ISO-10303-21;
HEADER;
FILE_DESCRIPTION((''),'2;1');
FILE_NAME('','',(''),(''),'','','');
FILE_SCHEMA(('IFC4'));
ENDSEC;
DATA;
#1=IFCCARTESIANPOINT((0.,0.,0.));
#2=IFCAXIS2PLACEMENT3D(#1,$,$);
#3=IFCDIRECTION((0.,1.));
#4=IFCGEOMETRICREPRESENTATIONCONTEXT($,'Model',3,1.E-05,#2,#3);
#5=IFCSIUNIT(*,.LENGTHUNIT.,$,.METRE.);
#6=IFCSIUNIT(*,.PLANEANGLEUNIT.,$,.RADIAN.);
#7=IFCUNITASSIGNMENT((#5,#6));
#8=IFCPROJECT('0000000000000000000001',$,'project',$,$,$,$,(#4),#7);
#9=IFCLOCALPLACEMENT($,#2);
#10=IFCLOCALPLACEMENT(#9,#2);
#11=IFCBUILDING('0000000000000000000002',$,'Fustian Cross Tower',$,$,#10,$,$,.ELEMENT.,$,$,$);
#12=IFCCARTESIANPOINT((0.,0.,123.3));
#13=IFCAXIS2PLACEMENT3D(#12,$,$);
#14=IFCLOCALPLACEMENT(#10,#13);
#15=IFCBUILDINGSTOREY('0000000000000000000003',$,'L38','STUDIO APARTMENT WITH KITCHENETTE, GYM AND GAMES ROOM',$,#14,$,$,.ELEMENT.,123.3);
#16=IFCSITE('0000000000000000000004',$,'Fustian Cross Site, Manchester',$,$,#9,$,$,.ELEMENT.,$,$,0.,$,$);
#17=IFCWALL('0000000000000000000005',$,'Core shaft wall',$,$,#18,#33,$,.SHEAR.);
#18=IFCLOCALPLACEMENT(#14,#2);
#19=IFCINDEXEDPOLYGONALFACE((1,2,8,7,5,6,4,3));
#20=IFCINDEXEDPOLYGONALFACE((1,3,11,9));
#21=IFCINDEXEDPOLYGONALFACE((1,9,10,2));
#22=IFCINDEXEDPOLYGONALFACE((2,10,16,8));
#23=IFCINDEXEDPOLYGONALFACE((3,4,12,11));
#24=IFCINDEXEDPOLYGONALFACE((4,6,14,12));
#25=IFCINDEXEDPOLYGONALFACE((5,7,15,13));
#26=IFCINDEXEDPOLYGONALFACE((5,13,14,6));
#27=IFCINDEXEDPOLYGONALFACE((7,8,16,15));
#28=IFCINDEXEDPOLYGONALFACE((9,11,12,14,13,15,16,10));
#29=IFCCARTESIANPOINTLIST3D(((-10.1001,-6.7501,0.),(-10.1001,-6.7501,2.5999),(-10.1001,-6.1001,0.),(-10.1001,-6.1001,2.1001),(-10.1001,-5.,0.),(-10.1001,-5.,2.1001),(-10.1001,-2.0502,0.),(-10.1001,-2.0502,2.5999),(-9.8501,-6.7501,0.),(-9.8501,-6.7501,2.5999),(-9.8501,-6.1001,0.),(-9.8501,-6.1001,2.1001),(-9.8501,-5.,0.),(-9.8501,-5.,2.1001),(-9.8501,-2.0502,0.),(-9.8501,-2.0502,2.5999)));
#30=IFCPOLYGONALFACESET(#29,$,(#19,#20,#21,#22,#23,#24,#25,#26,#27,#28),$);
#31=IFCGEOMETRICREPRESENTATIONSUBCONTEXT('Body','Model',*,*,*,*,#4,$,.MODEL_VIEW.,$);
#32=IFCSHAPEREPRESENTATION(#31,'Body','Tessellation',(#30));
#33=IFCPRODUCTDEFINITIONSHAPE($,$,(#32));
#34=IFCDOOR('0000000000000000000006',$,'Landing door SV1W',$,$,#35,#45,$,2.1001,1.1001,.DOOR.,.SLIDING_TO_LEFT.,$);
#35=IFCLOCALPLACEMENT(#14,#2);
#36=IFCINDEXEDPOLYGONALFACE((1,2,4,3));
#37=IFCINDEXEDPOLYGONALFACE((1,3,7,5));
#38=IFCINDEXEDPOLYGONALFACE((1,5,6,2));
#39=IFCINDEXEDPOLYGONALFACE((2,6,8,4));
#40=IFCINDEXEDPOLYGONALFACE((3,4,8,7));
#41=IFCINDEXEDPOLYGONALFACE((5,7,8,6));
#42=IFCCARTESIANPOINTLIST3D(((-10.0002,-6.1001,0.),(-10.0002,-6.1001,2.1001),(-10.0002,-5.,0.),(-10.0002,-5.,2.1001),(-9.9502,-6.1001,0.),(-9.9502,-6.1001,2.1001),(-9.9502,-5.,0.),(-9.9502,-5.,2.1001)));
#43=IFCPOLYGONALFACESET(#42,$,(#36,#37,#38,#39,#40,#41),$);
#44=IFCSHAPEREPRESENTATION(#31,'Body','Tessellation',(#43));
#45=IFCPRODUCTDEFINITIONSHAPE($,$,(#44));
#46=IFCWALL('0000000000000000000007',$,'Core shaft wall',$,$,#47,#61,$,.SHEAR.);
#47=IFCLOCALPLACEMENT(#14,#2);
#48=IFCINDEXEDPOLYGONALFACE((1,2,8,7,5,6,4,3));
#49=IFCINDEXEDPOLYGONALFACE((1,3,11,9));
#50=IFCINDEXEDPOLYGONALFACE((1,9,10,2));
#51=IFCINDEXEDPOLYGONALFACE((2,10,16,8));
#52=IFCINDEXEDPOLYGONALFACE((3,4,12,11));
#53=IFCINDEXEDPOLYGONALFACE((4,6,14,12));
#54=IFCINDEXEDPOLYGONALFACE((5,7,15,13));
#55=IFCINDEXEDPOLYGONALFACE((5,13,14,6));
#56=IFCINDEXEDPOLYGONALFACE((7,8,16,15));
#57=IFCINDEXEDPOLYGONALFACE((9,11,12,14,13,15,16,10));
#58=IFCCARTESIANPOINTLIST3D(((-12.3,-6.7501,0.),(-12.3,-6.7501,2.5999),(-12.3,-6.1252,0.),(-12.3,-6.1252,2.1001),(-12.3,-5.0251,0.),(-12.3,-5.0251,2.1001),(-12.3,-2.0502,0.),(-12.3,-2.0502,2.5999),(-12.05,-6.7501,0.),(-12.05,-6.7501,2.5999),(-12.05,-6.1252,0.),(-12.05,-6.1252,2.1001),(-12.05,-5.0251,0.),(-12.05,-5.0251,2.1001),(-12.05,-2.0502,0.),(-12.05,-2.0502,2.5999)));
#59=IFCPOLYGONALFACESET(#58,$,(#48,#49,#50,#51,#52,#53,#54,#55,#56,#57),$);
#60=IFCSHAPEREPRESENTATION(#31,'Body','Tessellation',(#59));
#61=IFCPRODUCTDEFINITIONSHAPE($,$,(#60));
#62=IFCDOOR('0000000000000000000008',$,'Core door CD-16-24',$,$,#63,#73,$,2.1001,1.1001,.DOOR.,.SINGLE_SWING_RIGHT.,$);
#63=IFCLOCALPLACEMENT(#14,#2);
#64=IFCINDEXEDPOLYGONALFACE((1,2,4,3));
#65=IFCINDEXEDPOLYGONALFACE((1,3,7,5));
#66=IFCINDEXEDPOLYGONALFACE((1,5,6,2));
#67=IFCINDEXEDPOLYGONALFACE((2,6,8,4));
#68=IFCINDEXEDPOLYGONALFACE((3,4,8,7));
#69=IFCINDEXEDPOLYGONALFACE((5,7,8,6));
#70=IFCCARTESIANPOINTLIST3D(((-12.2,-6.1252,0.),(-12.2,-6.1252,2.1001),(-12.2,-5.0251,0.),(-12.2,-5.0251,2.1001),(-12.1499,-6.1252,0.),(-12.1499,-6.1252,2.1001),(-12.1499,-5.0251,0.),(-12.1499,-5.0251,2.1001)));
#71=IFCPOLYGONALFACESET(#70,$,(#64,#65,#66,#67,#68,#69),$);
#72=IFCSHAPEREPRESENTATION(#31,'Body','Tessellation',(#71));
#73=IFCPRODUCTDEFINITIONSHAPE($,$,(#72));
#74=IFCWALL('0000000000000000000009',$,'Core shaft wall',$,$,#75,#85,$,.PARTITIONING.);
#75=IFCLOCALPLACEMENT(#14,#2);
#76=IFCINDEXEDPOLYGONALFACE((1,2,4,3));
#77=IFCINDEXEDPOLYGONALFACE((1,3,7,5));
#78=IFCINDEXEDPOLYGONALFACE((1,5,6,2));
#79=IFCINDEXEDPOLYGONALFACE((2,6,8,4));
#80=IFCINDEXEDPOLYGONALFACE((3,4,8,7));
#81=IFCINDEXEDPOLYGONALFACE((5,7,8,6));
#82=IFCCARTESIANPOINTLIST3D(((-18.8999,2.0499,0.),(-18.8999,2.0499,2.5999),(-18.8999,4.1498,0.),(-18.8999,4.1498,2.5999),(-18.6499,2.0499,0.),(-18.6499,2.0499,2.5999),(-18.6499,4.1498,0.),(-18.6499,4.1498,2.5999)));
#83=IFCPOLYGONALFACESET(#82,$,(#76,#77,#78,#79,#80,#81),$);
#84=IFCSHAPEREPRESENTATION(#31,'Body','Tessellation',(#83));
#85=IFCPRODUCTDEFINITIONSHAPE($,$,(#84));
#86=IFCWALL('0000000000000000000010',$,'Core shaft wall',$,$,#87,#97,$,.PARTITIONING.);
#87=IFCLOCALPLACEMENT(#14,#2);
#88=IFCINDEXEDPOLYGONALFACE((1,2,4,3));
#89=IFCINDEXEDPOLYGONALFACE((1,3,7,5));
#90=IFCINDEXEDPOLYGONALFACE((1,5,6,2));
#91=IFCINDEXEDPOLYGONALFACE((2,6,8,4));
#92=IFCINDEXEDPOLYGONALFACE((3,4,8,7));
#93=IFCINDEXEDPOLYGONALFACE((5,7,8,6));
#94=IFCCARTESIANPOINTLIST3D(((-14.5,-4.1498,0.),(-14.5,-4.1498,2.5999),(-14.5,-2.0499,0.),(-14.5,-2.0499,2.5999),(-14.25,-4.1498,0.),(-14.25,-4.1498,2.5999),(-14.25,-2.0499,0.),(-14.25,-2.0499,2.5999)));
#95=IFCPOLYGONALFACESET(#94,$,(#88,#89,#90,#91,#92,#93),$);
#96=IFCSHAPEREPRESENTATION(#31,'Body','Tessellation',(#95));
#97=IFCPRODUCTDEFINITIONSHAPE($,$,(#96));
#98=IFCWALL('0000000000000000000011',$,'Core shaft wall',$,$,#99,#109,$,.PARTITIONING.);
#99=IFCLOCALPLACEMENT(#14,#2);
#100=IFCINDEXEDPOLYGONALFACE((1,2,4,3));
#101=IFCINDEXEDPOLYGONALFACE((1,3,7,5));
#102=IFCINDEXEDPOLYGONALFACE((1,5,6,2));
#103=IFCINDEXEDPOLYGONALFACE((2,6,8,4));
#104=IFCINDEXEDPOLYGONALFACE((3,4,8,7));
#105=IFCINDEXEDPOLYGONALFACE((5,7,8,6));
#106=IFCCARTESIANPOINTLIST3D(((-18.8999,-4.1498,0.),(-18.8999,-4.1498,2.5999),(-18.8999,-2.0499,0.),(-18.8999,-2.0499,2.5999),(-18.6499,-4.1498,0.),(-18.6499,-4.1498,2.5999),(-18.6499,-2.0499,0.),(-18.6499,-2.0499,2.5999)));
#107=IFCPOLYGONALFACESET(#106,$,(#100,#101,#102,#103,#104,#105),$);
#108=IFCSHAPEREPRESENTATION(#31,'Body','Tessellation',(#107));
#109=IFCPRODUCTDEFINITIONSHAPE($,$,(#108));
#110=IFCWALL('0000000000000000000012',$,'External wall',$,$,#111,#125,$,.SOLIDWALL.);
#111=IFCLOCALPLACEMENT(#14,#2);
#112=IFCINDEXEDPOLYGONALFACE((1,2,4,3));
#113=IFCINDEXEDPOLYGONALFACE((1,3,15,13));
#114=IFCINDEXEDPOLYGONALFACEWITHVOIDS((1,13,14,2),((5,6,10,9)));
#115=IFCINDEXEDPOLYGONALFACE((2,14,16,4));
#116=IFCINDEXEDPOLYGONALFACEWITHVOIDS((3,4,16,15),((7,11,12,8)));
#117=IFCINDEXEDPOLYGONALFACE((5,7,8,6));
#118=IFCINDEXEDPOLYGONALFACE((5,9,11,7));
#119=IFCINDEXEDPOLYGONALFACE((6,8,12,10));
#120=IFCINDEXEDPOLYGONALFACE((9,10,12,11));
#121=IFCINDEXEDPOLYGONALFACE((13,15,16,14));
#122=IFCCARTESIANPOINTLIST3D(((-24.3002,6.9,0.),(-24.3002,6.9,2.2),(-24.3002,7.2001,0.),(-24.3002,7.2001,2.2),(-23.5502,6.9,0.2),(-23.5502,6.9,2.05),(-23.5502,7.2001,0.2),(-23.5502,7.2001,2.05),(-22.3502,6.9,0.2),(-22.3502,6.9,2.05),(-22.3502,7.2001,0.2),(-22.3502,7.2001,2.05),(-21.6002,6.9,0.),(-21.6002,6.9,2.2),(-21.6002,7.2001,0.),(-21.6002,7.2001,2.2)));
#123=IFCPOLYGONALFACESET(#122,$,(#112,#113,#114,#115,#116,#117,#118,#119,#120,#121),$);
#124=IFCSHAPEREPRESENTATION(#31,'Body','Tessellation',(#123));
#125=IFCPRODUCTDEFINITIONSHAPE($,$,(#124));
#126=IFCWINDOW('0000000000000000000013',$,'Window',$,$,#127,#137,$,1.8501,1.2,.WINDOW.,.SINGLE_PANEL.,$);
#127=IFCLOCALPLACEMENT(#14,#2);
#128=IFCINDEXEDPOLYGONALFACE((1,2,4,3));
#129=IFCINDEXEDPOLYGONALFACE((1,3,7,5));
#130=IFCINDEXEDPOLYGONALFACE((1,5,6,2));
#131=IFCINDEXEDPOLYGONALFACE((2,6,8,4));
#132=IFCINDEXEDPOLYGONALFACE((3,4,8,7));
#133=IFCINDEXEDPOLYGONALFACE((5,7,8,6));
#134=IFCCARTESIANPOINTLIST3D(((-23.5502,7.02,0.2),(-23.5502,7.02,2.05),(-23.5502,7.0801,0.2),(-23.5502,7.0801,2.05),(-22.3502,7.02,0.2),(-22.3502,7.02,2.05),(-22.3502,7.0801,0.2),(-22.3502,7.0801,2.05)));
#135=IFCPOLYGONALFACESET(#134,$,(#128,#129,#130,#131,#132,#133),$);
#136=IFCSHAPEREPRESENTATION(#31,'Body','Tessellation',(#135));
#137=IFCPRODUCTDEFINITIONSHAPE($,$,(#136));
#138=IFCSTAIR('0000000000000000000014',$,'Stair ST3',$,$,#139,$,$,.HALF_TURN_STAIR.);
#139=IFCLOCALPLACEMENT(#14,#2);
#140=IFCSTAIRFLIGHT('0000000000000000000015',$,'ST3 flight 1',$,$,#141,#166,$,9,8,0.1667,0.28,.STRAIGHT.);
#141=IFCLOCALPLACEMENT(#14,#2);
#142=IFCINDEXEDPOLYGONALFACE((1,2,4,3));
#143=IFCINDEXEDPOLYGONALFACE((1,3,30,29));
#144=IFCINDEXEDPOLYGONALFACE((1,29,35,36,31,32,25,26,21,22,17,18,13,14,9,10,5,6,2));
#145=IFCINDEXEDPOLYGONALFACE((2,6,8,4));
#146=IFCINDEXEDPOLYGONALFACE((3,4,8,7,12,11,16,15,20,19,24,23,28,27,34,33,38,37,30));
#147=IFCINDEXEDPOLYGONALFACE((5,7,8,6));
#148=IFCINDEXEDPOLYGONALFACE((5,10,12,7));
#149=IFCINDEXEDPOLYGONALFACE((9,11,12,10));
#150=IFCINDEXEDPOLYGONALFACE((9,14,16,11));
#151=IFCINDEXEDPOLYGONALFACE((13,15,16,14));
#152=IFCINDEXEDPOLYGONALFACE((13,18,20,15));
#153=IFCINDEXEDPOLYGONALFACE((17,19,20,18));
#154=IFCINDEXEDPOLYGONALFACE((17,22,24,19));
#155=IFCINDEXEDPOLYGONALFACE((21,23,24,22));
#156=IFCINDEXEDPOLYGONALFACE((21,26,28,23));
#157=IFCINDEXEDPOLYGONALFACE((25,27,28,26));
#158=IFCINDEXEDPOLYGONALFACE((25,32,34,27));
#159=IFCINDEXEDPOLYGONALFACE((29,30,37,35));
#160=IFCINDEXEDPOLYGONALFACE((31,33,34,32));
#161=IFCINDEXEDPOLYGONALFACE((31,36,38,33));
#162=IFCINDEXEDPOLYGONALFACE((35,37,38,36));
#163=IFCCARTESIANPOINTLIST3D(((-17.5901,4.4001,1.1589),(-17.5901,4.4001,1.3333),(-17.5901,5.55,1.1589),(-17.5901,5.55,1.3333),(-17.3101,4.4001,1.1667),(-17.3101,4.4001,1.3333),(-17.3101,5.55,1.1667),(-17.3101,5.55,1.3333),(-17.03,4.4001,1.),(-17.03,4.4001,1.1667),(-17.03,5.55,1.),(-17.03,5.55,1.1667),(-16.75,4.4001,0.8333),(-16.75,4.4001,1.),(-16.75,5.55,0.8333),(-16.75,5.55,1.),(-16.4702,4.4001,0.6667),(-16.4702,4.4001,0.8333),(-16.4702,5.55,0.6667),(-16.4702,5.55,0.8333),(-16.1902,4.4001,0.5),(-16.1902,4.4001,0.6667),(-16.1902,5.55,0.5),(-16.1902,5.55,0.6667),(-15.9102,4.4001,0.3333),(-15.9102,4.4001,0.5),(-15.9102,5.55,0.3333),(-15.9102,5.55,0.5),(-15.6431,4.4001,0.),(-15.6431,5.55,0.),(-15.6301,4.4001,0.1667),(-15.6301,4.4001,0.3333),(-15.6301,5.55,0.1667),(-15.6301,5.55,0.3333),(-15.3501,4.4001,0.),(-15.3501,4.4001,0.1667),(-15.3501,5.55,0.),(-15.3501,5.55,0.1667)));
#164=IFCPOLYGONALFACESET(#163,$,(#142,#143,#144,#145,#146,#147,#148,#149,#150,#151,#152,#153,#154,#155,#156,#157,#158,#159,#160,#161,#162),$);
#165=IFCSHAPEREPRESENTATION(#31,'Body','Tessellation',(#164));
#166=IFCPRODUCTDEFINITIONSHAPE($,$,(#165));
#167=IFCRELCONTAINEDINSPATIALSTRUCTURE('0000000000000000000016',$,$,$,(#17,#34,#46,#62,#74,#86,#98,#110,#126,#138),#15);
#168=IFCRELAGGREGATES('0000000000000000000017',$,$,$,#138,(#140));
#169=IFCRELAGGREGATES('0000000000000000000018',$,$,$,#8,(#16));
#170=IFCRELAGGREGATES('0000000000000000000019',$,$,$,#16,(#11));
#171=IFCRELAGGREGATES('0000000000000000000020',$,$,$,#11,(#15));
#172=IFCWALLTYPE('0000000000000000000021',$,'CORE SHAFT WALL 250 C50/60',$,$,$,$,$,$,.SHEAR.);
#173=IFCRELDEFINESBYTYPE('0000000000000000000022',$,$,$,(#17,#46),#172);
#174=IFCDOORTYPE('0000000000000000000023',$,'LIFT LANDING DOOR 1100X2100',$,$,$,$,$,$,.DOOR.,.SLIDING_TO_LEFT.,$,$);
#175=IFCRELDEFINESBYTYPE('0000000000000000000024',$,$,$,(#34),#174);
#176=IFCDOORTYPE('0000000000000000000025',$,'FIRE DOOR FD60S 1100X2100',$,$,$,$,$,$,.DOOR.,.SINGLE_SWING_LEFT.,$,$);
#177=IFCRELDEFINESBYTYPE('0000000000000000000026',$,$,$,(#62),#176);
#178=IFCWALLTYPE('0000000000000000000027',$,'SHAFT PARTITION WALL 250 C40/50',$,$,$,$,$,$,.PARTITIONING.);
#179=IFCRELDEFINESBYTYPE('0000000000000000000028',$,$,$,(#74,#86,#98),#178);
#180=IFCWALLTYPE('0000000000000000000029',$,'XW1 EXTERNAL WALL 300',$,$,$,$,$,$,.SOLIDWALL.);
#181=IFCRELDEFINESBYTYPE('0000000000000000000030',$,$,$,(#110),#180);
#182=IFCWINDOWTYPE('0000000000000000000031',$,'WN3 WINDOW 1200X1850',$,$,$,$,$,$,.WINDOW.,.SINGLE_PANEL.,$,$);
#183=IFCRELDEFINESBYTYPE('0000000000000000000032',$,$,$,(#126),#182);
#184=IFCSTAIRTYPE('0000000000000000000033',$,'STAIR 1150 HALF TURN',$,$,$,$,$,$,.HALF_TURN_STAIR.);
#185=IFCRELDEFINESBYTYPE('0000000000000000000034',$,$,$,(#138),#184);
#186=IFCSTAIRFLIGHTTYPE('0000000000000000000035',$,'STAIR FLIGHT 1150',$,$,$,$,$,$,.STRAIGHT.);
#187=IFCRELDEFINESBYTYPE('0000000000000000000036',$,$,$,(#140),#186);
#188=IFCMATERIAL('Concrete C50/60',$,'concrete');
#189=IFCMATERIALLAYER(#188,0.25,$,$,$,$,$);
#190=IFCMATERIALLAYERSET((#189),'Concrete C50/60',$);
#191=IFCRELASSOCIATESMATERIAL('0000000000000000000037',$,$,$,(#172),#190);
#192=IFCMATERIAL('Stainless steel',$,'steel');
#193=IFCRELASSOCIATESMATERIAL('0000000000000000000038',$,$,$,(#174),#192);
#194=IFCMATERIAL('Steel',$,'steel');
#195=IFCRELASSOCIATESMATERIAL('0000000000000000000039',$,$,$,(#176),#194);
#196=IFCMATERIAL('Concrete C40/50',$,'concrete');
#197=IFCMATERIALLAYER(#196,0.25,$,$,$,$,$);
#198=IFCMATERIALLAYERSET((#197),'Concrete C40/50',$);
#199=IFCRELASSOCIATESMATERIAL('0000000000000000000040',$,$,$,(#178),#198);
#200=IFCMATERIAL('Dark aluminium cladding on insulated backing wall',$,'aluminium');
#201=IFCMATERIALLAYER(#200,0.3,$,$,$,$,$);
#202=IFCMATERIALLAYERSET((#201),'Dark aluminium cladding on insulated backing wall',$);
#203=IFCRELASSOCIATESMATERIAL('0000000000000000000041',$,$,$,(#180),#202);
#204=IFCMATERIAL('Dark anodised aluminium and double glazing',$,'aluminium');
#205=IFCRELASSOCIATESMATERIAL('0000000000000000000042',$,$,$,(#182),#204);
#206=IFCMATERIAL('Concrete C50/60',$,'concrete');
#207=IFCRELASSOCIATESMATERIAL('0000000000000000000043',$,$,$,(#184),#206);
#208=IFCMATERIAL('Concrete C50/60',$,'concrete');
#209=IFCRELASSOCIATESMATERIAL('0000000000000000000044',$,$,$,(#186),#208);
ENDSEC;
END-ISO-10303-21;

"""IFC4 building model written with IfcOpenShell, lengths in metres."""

from ifc_helpers import new_model, si_unit, direction, frame, frame_2d, origin, place, context, subcontext, project, spatial, polyline, rectangle, outline, extrude, material, layer, layer_set, type_object, element, fill, aggregate, save


model = new_model("IFC4")

# Units and contexts
model_context = context("Model", 3, precision=1e-05, world=origin(), true_north=direction((0.0, 1.0)))
body_context = subcontext(model_context, "Body", "Model", "MODEL_VIEW")
ifc_project = project(units=[si_unit("LENGTHUNIT", "METRE"), si_unit("PLANEANGLEUNIT", "RADIAN")], contexts=[model_context])

# Site, building, storey
site_placement = place(None, origin())
site = spatial("IfcSite", under=ifc_project, at=site_placement, Name="Fustian Cross Site, Manchester", CompositionType="ELEMENT", RefElevation=0.0)
building_placement = place(site_placement, origin())
building = spatial("IfcBuilding", under=site, at=building_placement, Name="Fustian Cross Tower", CompositionType="ELEMENT")
storey_placement = place(building_placement, frame((0.0, 0.0, 123.3)))
storey = spatial("IfcBuildingStorey", under=building, at=storey_placement, Name="L38", Description="STUDIO APARTMENT WITH KITCHENETTE, GYM AND GAMES ROOM", CompositionType="ELEMENT", Elevation=123.3)

# Shared definitions
ifc_material_1 = material(Name="Concrete C50/60", Category="concrete")
ifc_layer_1 = layer(ifc_material_1, 0.25)
ifc_layer_set_1 = layer_set([ifc_layer_1], Name="Concrete C50/60")
wall_type_1 = type_object("IfcWallType", Name="CORE SHAFT WALL 250 C50/60", PredefinedType="SHEAR", material=ifc_layer_set_1)

# Shared definitions
ifc_material_2 = material(Name="Stainless steel", Category="steel")
door_type_1 = type_object("IfcDoorType", Name="LIFT LANDING DOOR 1100X2100", OperationType="SLIDING_TO_LEFT", PredefinedType="DOOR", material=ifc_material_2)
ifc_material_3 = material(Name="Steel", Category="steel")
door_type_2 = type_object("IfcDoorType", Name="FIRE DOOR FD60S 1100X2100", OperationType="SINGLE_SWING_LEFT", PredefinedType="DOOR", material=ifc_material_3)

# Walls, openings, doors
wall_1_placement = place(storey_placement, frame((-9.9751, -2.05, 0.0), z_axis=(0.0, 0.0, 1.0), x_axis=(0.0, -1.0, 0.0)))
wall_1 = element("IfcWall", 1, at=wall_1_placement, inside=storey, type_object=wall_type_1, Name="Core shaft wall", PredefinedType="SHEAR", context=body_context, shape_type="SweptSolid", body=[
    extrude(rectangle(XDim=4.7, YDim=0.25, at=frame_2d((2.3501, 0.0))), origin(), (0.0, 0.0, 1.0), 2.5999),
])
opening_1_placement = place(wall_1_placement, frame((2.95, 0.0, 0.0)))
opening_1 = element("IfcOpeningElement", 2, at=opening_1_placement, cuts=wall_1, PredefinedType="OPENING", context=body_context, shape_type="SweptSolid", body=[
    extrude(rectangle(XDim=1.1001, YDim=2.1001, at=frame_2d((0.55, 1.05))), frame((0.0, 0.135, 0.0), z_axis=(0.0, -1.0, 0.0), x_axis=(1.0, 0.0, 0.0)), (0.0, 0.0, 1.0), 0.27),
])
door_1_placement = place(opening_1_placement, origin())
door_1 = element("IfcDoor", 3, at=door_1_placement, inside=storey, type_object=door_type_1, Name="Landing door SV1W", OperationType="SLIDING_TO_LEFT", OverallHeight=2.1001, OverallWidth=1.1001, PredefinedType="DOOR", context=body_context, shape_type="SweptSolid", body=[
    extrude(rectangle(XDim=1.1001, YDim=2.1001, at=frame_2d((0.55, 1.05))), frame((0.0, 0.0249, 0.0), z_axis=(0.0, -1.0, 0.0), x_axis=(1.0, 0.0, 0.0)), (0.0, 0.0, 1.0), 0.05),
])
fill(opening_1, door_1)
wall_2_placement = place(storey_placement, frame((-12.175, -2.05, 0.0), z_axis=(0.0, 0.0, 1.0), x_axis=(0.0, -1.0, 0.0)))
wall_2 = element("IfcWall", 4, at=wall_2_placement, inside=storey, type_object=wall_type_1, Name="Core shaft wall", PredefinedType="SHEAR", context=body_context, shape_type="SweptSolid", body=[
    extrude(rectangle(XDim=4.7, YDim=0.25, at=frame_2d((2.3501, 0.0))), origin(), (0.0, 0.0, 1.0), 2.5999),
])
opening_2_placement = place(wall_2_placement, frame((2.9751, 0.0, 0.0)))
opening_2 = element("IfcOpeningElement", 5, at=opening_2_placement, cuts=wall_2, PredefinedType="OPENING", context=body_context, shape_type="SweptSolid", body=[
    extrude(rectangle(XDim=1.1001, YDim=2.1001, at=frame_2d((0.55, 1.05))), frame((0.0, 0.135, 0.0), z_axis=(0.0, -1.0, 0.0), x_axis=(1.0, 0.0, 0.0)), (0.0, 0.0, 1.0), 0.27),
])
door_2_placement = place(opening_2_placement, frame((1.1001, 0.0, 0.0), z_axis=(0.0, 0.0, 1.0), x_axis=(-1.0, 0.0, 0.0)))
door_2 = element("IfcDoor", 6, at=door_2_placement, inside=storey, type_object=door_type_2, Name="Core door CD-16-24", OperationType="SINGLE_SWING_RIGHT", OverallHeight=2.1001, OverallWidth=1.1001, PredefinedType="DOOR", context=body_context, shape_type="SweptSolid", body=[
    extrude(rectangle(XDim=1.1001, YDim=2.1001, at=frame_2d((0.55, 1.05))), frame((0.0, 0.0249, 0.0), z_axis=(0.0, -1.0, 0.0), x_axis=(1.0, 0.0, 0.0)), (0.0, 0.0, 1.0), 0.05),
])
fill(opening_2, door_2)

# Walls
ifc_material_4 = material(Name="Concrete C40/50", Category="concrete")
ifc_layer_2 = layer(ifc_material_4, 0.25)
ifc_layer_set_2 = layer_set([ifc_layer_2], Name="Concrete C40/50")
wall_type_2 = type_object("IfcWallType", Name="SHAFT PARTITION WALL 250 C40/50", PredefinedType="PARTITIONING", material=ifc_layer_set_2)
for number, where, z_axis, x_axis, name in (
    (7, (-18.7749, 2.05, 0.0), (0.0, 0.0, 1.0), (0.0, 1.0, 0.0), "Core shaft wall"),
    (8, (-14.375, -2.05, 0.0), (0.0, 0.0, 1.0), (0.0, -1.0, 0.0), "Core shaft wall"),
    (9, (-18.7749, -2.05, 0.0), (0.0, 0.0, 1.0), (0.0, -1.0, 0.0), "Core shaft wall"),
):
    element("IfcWall", number, at=place(storey_placement, frame(where, z_axis=z_axis, x_axis=x_axis)), inside=storey, type_object=wall_type_2, Name=name, PredefinedType="PARTITIONING", context=body_context, shape_type="SweptSolid", body=[
        extrude(rectangle(XDim=2.0999, YDim=0.25, at=frame_2d((1.0498, 0.0))), origin(), (0.0, 0.0, 1.0), 2.5999),
    ])

# Wall, opening, window
ifc_material_5 = material(Name="Dark aluminium cladding on insulated backing wall", Category="aluminium")
ifc_layer_3 = layer(ifc_material_5, 0.3)
ifc_layer_set_3 = layer_set([ifc_layer_3], Name="Dark aluminium cladding on insulated backing wall")
wall_type_3 = type_object("IfcWallType", Name="XW1 EXTERNAL WALL 300", PredefinedType="SOLIDWALL", material=ifc_layer_set_3)
wall_3_placement = place(storey_placement, frame((-21.6001, 7.05, 0.0), z_axis=(0.0, 0.0, 1.0), x_axis=(-1.0, 0.0, 0.0)))
wall_3 = element("IfcWall", 10, at=wall_3_placement, inside=storey, type_object=wall_type_3, Name="External wall", PredefinedType="SOLIDWALL", context=body_context, shape_type="SweptSolid", body=[
    extrude(rectangle(XDim=2.7, YDim=0.3, at=frame_2d((1.3501, 0.0))), origin(), (0.0, 0.0, 1.0), 2.2),
])
opening_3_placement = place(wall_3_placement, frame((0.75, 0.0, 0.2)))
opening_3 = element("IfcOpeningElement", 11, at=opening_3_placement, cuts=wall_3, PredefinedType="OPENING", context=body_context, shape_type="SweptSolid", body=[
    extrude(rectangle(XDim=1.2, YDim=1.8501, at=frame_2d((0.6001, 0.925))), frame((0.0, 0.1599, 0.0), z_axis=(0.0, -1.0, 0.0), x_axis=(1.0, 0.0, 0.0)), (0.0, 0.0, 1.0), 0.3201),
])
ifc_material_6 = material(Name="Dark anodised aluminium and double glazing", Category="aluminium")
window_type = type_object("IfcWindowType", Name="WN3 WINDOW 1200X1850", PartitioningType="SINGLE_PANEL", PredefinedType="WINDOW", material=ifc_material_6)
window_placement = place(opening_3_placement, origin())
window = element("IfcWindow", 12, at=window_placement, inside=storey, type_object=window_type, Name="Window", OverallHeight=1.8501, OverallWidth=1.2, PartitioningType="SINGLE_PANEL", PredefinedType="WINDOW", context=body_context, shape_type="SweptSolid", body=[
    extrude(rectangle(XDim=1.2, YDim=1.8501, at=frame_2d((0.6001, 0.925))), frame((0.0, 0.03, 0.0), z_axis=(0.0, -1.0, 0.0), x_axis=(1.0, 0.0, 0.0)), (0.0, 0.0, 1.0), 0.0601),
])
fill(opening_3, window)

# Stair, stair flight
ifc_material_7 = material(Name="Concrete C50/60", Category="concrete")
stair_type = type_object("IfcStairType", Name="STAIR 1150 HALF TURN", PredefinedType="HALF_TURN_STAIR", material=ifc_material_7)
stair_1_placement = place(storey_placement, origin())
stair_1 = element("IfcStair", 13, at=stair_1_placement, inside=storey, type_object=stair_type, Name="Stair ST3", PredefinedType="HALF_TURN_STAIR")
ifc_material_8 = material(Name="Concrete C50/60", Category="concrete")
stair_flight_type = type_object("IfcStairFlightType", Name="STAIR FLIGHT 1150", PredefinedType="STRAIGHT", material=ifc_material_8)
stair_flight_1_placement = place(storey_placement, frame((-15.3501, 4.9751, 0.0), z_axis=(0.0, 0.0, 1.0), x_axis=(-1.0, 0.0, 0.0)))
stair_flight_1 = element("IfcStairFlight", 14, at=stair_flight_1_placement, type_object=stair_flight_type, Name="ST3 flight 1", NumberOfRisers=9, NumberOfTreads=8, PredefinedType="STRAIGHT", RiserHeight=0.1667, TreadLength=0.28, context=body_context, shape_type="SweptSolid", body=[
    extrude(outline(polyline([(0.0, 0.0), (0.0, 0.1667), (0.28, 0.1667), (0.28, 0.3333), (0.5601, 0.3333), (0.5601, 0.5), (0.8401, 0.5), (0.8401, 0.6667), (1.1201, 0.6667), (1.1201, 0.8333), (1.3999, 0.8333), (1.3999, 1.0), (1.6799, 1.0), (1.6799, 1.1667), (1.96, 1.1667), (1.96, 1.3333), (2.24, 1.3333), (2.24, 1.5), (2.24, 1.1589), (0.293, 0.0), (0.0, 0.0)])), frame((0.0, 0.575, 0.0), z_axis=(0.0, -1.0, 0.0), x_axis=(1.0, 0.0, 0.0)), (0.0, 0.0, 1.0), 1.1499),
])
aggregate(stair_1, [stair_flight_1])

save(model, "model.ifc")
